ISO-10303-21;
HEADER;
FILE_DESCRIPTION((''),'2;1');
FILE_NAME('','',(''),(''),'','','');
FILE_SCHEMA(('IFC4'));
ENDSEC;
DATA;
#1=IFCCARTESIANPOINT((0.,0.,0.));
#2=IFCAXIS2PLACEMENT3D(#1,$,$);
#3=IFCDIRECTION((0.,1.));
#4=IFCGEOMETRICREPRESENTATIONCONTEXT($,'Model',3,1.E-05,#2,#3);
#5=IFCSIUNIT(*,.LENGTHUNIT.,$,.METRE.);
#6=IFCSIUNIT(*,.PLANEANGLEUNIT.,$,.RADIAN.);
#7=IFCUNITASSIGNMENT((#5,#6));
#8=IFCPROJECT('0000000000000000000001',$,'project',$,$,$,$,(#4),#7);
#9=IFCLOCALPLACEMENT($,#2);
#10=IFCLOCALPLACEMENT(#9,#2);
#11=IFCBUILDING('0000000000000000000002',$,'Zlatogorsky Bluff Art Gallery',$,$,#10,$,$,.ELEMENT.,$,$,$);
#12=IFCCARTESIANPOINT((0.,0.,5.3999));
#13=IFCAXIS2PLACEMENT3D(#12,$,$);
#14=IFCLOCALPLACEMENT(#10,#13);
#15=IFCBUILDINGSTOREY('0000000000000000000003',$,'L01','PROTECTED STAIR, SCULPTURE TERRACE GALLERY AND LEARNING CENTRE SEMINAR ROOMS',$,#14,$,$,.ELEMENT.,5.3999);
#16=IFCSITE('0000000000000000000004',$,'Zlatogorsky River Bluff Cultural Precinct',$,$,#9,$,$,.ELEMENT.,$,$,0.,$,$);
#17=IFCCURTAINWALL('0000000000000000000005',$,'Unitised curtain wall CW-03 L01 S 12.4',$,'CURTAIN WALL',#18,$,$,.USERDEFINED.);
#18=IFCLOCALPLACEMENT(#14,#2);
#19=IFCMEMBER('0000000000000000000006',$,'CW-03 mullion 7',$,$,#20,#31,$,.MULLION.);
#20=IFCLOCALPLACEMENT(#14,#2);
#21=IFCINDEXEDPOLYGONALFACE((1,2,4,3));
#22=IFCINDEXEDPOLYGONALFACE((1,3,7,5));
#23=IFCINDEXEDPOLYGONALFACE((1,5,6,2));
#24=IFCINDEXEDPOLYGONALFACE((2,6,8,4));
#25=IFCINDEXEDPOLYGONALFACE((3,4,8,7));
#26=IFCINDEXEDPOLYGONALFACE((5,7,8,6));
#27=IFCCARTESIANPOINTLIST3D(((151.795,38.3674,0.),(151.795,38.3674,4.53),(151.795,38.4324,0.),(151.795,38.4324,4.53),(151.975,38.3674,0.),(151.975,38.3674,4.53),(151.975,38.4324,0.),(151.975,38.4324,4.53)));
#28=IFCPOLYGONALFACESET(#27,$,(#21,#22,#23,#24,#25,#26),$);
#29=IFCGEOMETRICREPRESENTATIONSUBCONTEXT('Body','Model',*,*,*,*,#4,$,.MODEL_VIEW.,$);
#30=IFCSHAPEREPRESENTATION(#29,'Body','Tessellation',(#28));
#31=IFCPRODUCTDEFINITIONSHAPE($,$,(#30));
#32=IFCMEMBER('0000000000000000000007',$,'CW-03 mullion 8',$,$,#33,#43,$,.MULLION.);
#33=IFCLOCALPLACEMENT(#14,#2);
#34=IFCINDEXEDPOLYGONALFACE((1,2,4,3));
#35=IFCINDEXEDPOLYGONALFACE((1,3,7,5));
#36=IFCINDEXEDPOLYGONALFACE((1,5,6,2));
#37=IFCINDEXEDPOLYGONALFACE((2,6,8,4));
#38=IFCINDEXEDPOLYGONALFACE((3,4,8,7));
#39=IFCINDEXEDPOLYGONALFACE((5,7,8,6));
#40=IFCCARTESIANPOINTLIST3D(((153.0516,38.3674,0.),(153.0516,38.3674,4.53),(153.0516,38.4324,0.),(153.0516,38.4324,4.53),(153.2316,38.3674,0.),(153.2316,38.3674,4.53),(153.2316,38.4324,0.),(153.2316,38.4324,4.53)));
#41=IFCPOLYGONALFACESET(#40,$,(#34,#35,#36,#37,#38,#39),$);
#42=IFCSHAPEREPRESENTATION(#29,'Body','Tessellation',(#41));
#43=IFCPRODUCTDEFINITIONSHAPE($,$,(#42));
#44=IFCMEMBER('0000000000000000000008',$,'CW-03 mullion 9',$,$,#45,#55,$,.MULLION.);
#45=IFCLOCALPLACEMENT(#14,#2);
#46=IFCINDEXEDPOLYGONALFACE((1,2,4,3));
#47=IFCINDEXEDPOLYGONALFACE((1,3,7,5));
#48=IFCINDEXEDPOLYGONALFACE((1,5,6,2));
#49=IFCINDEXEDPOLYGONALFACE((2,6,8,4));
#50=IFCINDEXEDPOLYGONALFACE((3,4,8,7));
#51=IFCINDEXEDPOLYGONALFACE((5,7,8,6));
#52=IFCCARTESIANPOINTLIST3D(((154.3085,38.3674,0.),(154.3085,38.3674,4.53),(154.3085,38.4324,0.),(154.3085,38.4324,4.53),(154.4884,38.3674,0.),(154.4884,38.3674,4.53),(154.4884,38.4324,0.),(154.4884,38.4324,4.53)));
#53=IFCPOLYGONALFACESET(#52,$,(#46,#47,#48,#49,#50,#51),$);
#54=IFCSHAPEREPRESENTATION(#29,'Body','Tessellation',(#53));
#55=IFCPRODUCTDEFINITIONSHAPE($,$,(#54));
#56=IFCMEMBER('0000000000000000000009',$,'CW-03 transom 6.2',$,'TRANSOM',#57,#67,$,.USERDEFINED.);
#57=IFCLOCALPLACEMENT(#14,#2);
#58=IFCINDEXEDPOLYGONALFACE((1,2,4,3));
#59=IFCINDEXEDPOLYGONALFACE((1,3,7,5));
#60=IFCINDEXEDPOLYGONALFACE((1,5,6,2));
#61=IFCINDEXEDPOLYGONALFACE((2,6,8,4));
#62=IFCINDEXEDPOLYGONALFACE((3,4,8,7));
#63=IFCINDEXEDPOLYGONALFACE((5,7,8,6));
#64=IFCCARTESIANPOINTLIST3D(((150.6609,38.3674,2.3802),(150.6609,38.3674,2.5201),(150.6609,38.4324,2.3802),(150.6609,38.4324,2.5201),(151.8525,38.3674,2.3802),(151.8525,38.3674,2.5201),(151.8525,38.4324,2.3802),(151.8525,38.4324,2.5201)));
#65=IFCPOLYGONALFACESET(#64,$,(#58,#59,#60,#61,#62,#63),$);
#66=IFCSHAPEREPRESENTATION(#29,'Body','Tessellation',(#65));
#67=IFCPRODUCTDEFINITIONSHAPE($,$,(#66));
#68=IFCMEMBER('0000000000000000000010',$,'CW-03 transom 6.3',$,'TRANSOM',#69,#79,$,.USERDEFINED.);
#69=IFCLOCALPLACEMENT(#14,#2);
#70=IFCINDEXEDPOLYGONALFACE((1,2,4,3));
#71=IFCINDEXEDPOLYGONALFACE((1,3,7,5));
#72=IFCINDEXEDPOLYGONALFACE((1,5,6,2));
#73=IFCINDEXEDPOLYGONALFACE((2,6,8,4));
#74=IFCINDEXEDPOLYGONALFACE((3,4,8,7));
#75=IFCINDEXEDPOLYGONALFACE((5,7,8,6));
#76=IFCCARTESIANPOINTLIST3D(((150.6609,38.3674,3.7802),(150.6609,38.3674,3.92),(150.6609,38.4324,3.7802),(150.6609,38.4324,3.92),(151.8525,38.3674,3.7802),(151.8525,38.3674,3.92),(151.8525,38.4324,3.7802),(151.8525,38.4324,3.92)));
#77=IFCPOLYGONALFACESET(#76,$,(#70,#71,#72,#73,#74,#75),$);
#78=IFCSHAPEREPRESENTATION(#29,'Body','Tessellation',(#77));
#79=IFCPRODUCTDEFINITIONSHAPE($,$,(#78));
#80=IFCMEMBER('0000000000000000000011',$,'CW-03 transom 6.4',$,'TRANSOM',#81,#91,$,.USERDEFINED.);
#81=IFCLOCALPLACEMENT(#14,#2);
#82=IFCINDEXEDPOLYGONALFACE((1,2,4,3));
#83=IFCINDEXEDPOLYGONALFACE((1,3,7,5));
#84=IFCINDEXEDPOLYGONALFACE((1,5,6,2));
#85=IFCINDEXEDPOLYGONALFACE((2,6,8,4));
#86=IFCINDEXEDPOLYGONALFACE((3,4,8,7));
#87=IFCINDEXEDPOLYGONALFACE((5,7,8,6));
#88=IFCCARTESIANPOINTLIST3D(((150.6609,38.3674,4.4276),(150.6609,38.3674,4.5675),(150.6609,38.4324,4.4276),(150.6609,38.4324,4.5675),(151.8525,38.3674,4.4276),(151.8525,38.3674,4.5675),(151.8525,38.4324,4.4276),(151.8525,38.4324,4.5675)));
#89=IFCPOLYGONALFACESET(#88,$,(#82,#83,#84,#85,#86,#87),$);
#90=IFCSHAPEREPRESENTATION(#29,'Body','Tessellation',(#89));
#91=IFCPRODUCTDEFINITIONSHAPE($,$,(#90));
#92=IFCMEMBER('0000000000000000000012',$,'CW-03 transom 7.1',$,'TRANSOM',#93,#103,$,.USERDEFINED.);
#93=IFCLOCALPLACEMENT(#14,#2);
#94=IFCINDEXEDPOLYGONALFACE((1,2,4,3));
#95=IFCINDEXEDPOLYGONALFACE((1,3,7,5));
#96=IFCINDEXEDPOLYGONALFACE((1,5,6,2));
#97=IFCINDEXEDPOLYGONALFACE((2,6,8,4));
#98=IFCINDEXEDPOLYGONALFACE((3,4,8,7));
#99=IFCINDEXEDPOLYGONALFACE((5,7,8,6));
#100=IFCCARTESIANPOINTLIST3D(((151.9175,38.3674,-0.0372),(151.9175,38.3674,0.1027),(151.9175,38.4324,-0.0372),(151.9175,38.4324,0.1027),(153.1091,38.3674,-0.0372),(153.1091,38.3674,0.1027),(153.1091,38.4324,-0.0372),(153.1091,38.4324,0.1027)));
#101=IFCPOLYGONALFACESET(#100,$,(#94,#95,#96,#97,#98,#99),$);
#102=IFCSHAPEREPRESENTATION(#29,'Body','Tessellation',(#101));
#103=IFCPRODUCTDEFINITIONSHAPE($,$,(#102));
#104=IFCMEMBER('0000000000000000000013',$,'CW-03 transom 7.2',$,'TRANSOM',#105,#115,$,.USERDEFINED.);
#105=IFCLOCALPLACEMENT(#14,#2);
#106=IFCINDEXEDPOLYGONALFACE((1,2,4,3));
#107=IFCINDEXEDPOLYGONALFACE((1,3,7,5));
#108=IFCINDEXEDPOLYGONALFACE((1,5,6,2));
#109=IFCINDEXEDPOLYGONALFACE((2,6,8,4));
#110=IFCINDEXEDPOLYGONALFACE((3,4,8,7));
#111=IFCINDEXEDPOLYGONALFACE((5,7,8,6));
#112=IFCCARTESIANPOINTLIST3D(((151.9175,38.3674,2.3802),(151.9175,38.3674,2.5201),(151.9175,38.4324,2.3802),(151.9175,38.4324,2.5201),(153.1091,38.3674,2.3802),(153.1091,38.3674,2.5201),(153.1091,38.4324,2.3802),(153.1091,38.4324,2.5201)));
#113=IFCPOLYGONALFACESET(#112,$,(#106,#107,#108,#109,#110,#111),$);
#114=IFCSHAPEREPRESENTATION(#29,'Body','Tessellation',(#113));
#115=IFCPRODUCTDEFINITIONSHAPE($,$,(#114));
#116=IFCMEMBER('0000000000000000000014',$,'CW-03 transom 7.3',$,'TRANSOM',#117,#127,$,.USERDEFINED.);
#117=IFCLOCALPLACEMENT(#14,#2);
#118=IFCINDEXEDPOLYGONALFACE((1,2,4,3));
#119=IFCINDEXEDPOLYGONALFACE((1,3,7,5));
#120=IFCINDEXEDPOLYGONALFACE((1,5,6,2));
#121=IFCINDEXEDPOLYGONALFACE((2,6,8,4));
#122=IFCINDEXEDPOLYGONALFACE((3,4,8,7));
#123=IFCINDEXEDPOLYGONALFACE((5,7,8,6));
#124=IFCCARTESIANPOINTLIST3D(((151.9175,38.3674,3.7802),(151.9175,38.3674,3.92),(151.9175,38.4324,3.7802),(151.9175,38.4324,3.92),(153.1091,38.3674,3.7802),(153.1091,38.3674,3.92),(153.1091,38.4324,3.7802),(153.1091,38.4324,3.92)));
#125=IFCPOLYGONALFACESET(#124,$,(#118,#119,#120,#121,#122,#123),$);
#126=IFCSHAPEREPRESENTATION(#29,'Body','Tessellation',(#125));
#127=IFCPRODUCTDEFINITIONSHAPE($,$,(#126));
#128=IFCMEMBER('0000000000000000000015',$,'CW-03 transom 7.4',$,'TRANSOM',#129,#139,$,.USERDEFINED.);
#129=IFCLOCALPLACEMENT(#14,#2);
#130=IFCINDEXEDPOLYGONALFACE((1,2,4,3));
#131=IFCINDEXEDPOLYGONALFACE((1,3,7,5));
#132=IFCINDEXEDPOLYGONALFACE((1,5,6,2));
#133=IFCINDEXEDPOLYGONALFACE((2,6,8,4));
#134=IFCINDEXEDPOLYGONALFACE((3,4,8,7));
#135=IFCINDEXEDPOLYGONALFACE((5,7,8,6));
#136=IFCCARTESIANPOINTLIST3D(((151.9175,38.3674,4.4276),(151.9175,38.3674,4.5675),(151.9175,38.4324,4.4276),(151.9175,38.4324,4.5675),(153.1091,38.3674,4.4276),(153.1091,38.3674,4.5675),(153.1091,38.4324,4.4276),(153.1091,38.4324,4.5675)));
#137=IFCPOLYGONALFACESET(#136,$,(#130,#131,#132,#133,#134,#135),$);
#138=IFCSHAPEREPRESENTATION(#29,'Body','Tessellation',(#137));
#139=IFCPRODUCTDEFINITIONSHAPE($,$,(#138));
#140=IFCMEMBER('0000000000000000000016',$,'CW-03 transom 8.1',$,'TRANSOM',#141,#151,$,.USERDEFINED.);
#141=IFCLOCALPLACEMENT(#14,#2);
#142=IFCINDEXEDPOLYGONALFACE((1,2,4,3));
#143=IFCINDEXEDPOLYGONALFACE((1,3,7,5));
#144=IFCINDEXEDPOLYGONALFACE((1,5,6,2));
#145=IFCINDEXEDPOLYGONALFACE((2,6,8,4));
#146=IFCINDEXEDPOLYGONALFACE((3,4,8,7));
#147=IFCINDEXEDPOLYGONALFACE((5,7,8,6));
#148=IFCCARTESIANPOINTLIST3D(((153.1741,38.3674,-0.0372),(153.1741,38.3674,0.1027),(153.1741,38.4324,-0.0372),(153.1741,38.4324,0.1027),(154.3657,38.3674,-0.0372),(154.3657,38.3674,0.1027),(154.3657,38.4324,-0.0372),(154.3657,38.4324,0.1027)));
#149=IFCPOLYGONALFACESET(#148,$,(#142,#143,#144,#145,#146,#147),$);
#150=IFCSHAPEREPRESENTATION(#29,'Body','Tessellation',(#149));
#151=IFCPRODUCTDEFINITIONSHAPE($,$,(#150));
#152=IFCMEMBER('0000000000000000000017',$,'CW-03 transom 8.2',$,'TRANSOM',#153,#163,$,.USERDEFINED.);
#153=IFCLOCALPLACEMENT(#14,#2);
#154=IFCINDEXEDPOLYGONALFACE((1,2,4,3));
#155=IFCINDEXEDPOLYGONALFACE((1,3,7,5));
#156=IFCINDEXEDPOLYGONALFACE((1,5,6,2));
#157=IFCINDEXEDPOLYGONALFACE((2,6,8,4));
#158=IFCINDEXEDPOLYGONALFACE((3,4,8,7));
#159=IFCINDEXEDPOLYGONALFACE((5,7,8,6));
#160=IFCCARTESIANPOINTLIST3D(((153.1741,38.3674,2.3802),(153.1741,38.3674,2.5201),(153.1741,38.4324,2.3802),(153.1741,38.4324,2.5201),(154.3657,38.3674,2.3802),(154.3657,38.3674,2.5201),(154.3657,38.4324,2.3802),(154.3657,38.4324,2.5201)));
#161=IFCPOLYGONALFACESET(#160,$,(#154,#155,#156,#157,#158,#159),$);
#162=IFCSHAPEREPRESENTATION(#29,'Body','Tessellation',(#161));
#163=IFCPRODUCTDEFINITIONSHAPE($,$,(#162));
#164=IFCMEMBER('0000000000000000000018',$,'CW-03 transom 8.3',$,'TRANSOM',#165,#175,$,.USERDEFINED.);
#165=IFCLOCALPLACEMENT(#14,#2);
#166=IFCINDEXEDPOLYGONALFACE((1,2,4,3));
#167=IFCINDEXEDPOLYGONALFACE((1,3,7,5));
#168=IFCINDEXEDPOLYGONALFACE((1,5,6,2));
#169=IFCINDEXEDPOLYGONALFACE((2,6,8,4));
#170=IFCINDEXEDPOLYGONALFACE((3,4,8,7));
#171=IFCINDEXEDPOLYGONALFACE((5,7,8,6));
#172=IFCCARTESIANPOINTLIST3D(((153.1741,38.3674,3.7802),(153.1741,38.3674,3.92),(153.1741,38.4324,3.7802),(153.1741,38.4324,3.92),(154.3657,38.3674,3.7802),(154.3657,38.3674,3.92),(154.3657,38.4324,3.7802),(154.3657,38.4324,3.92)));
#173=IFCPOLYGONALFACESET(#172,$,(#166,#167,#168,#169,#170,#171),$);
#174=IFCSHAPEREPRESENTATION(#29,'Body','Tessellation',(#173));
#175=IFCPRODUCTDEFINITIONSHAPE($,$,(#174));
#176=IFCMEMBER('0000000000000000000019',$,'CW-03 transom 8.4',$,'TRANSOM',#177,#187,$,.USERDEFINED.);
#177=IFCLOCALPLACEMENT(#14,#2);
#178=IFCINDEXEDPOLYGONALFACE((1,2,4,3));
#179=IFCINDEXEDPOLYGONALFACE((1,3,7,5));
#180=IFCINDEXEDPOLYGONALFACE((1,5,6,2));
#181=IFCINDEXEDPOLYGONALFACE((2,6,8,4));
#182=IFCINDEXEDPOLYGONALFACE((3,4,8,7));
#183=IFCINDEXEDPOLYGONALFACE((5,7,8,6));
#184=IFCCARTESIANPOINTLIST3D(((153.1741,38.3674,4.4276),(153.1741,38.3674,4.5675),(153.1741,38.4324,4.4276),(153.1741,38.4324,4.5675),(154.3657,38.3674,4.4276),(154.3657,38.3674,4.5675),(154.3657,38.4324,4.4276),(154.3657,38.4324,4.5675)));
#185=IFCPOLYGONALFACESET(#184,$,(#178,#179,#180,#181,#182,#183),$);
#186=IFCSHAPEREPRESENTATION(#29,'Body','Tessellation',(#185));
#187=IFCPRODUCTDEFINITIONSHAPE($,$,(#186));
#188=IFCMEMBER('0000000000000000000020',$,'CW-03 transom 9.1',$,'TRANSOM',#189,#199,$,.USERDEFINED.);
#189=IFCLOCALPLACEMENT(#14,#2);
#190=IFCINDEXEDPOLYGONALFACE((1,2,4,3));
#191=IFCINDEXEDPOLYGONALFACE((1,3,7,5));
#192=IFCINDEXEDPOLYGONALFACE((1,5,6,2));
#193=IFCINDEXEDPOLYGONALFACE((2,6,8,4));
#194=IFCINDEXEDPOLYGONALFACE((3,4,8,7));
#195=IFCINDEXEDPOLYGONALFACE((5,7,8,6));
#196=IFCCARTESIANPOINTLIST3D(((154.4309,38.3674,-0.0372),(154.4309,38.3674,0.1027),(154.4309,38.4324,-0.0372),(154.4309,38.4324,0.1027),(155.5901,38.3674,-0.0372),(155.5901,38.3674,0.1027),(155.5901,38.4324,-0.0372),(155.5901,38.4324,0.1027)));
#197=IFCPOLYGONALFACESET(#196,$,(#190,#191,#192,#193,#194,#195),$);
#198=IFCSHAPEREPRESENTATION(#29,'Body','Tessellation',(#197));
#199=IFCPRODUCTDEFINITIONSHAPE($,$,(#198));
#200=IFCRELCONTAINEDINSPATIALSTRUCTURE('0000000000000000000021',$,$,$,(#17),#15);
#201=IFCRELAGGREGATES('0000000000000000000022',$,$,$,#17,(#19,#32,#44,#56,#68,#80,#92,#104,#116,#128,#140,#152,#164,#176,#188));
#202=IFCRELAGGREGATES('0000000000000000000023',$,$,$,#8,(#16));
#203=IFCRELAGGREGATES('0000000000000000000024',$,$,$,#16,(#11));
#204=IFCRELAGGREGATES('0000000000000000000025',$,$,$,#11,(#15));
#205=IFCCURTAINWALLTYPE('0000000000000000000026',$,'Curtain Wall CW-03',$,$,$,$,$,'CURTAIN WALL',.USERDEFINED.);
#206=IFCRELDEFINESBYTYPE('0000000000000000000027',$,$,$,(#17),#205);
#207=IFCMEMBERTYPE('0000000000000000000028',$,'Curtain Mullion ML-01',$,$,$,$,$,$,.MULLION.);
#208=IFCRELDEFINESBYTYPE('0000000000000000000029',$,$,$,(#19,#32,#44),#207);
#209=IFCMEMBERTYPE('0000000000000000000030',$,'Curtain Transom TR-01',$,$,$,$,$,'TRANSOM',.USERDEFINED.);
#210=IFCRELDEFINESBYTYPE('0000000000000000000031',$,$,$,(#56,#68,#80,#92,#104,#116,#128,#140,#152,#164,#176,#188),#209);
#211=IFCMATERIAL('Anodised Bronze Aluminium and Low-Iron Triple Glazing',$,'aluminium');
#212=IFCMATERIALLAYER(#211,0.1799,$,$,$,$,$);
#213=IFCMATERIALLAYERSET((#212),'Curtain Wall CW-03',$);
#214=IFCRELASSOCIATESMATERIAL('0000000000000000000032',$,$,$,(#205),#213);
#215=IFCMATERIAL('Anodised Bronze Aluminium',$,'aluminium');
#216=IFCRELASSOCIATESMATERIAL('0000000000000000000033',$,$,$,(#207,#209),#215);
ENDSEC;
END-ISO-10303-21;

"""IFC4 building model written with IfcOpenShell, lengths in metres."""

from ifc_helpers import new_model, si_unit, direction, frame, origin, origin_2d, place, context, subcontext, project, spatial, rectangle, extrude, material, layer, layer_set, material_profile, profile_set, type_object, element, aggregate, save


model = new_model("IFC4")

# Units and contexts
model_context = context("Model", 3, precision=1e-05, world=origin(), true_north=direction((0.0, 1.0)))
body_context = subcontext(model_context, "Body", "Model", "MODEL_VIEW")
ifc_project = project(units=[si_unit("LENGTHUNIT", "METRE"), si_unit("PLANEANGLEUNIT", "RADIAN")], contexts=[model_context])

# Site, building, storey
site_placement = place(None, origin())
site = spatial("IfcSite", under=ifc_project, at=site_placement, Name="Zlatogorsky River Bluff Cultural Precinct", CompositionType="ELEMENT", RefElevation=0.0)
building_placement = place(site_placement, origin())
building = spatial("IfcBuilding", under=site, at=building_placement, Name="Zlatogorsky Bluff Art Gallery", CompositionType="ELEMENT")
storey_placement = place(building_placement, frame((0.0, 0.0, 5.3999)))
storey = spatial("IfcBuildingStorey", under=building, at=storey_placement, Name="L01", Description="PROTECTED STAIR, SCULPTURE TERRACE GALLERY AND LEARNING CENTRE SEMINAR ROOMS", CompositionType="ELEMENT", Elevation=5.3999)

# Curtain wall, members
ifc_material_1 = material(Name="Anodised Bronze Aluminium and Low-Iron Triple Glazing", Category="aluminium")
ifc_layer_1 = layer(ifc_material_1, 0.1799)
ifc_layer_set_1 = layer_set([ifc_layer_1], Name="Curtain Wall CW-03")
curtain_wall_type = type_object("IfcCurtainWallType", Name="Curtain Wall CW-03", ElementType="CURTAIN WALL", PredefinedType="USERDEFINED", material=ifc_layer_set_1)
curtain_wall_placement = place(storey_placement, origin())
curtain_wall = element("IfcCurtainWall", 1, at=curtain_wall_placement, inside=storey, type_object=curtain_wall_type, Name="Unitised curtain wall CW-03 L01 S 12.4", ObjectType="CURTAIN WALL", PredefinedType="USERDEFINED")
ifc_material_2 = material(Name="Anodised Bronze Aluminium", Category="aluminium")
ifc_material_profile_1 = material_profile(ifc_material_2, rectangle(XDim=0.0649, YDim=0.1799, at=origin_2d()), Name="ALU MULLION 65x180")
ifc_profile_set_1 = profile_set([ifc_material_profile_1], Name="Anodised Bronze Aluminium")
member_type_1 = type_object("IfcMemberType", Name="Curtain Mullion ML-01", PredefinedType="MULLION", material=ifc_profile_set_1)
member_1_placement = place(storey_placement, frame((151.885, 38.3999, 0.0), z_axis=(0.0, 0.0, 1.0), x_axis=(0.0, 1.0, 0.0)))
member_1 = element("IfcMember", 2, at=member_1_placement, type_object=member_type_1, Name="CW-03 mullion 7", PredefinedType="MULLION", context=body_context, shape_type="SweptSolid", body=[
    extrude(rectangle(XDim=0.0649, YDim=0.1799, at=origin_2d()), origin(), (0.0, 0.0, 1.0), 4.53),
])
member_2_placement = place(storey_placement, frame((153.1416, 38.3999, 0.0), z_axis=(0.0, 0.0, 1.0), x_axis=(0.0, 1.0, 0.0)))
member_2 = element("IfcMember", 3, at=member_2_placement, type_object=member_type_1, Name="CW-03 mullion 8", PredefinedType="MULLION", context=body_context, shape_type="SweptSolid", body=[
    extrude(rectangle(XDim=0.0649, YDim=0.1799, at=origin_2d()), origin(), (0.0, 0.0, 1.0), 4.53),
])
member_3_placement = place(storey_placement, frame((154.3984, 38.3999, 0.0), z_axis=(0.0, 0.0, 1.0), x_axis=(0.0, 1.0, 0.0)))
member_3 = element("IfcMember", 4, at=member_3_placement, type_object=member_type_1, Name="CW-03 mullion 9", PredefinedType="MULLION", context=body_context, shape_type="SweptSolid", body=[
    extrude(rectangle(XDim=0.0649, YDim=0.1799, at=origin_2d()), origin(), (0.0, 0.0, 1.0), 4.53),
])
ifc_material_profile_2 = material_profile(ifc_material_2, rectangle(XDim=0.0649, YDim=0.1399, at=origin_2d()), Name="ALU TRANSOM 65x140")
ifc_profile_set_2 = profile_set([ifc_material_profile_2], Name="Anodised Bronze Aluminium")
member_type_2 = type_object("IfcMemberType", Name="Curtain Transom TR-01", ElementType="TRANSOM", PredefinedType="USERDEFINED", material=ifc_profile_set_2)
member_4_placement = place(storey_placement, frame((150.6609, 38.3999, 2.4502), z_axis=(1.0, 0.0, 0.0), x_axis=(0.0, 1.0, 0.0)))
member_4 = element("IfcMember", 5, at=member_4_placement, type_object=member_type_2, Name="CW-03 transom 6.2", ObjectType="TRANSOM", PredefinedType="USERDEFINED", context=body_context, shape_type="SweptSolid", body=[
    extrude(rectangle(XDim=0.0649, YDim=0.1399, at=origin_2d()), origin(), (0.0, 0.0, 1.0), 1.1917),
])
member_5_placement = place(storey_placement, frame((150.6609, 38.3999, 3.8501), z_axis=(1.0, 0.0, 0.0), x_axis=(0.0, 1.0, 0.0)))
member_5 = element("IfcMember", 6, at=member_5_placement, type_object=member_type_2, Name="CW-03 transom 6.3", ObjectType="TRANSOM", PredefinedType="USERDEFINED", context=body_context, shape_type="SweptSolid", body=[
    extrude(rectangle(XDim=0.0649, YDim=0.1399, at=origin_2d()), origin(), (0.0, 0.0, 1.0), 1.1917),
])
member_6_placement = place(storey_placement, frame((150.6609, 38.3999, 4.4976), z_axis=(1.0, 0.0, 0.0), x_axis=(0.0, 1.0, 0.0)))
member_6 = element("IfcMember", 7, at=member_6_placement, type_object=member_type_2, Name="CW-03 transom 6.4", ObjectType="TRANSOM", PredefinedType="USERDEFINED", context=body_context, shape_type="SweptSolid", body=[
    extrude(rectangle(XDim=0.0649, YDim=0.1399, at=origin_2d()), origin(), (0.0, 0.0, 1.0), 1.1917),
])
member_7_placement = place(storey_placement, frame((151.9175, 38.3999, 0.0327), z_axis=(1.0, 0.0, 0.0), x_axis=(0.0, 1.0, 0.0)))
member_7 = element("IfcMember", 8, at=member_7_placement, type_object=member_type_2, Name="CW-03 transom 7.1", ObjectType="TRANSOM", PredefinedType="USERDEFINED", context=body_context, shape_type="SweptSolid", body=[
    extrude(rectangle(XDim=0.0649, YDim=0.1399, at=origin_2d()), origin(), (0.0, 0.0, 1.0), 1.1917),
])
member_8_placement = place(storey_placement, frame((151.9175, 38.3999, 2.4502), z_axis=(1.0, 0.0, 0.0), x_axis=(0.0, 1.0, 0.0)))
member_8 = element("IfcMember", 9, at=member_8_placement, type_object=member_type_2, Name="CW-03 transom 7.2", ObjectType="TRANSOM", PredefinedType="USERDEFINED", context=body_context, shape_type="SweptSolid", body=[
    extrude(rectangle(XDim=0.0649, YDim=0.1399, at=origin_2d()), origin(), (0.0, 0.0, 1.0), 1.1917),
])
member_9_placement = place(storey_placement, frame((151.9175, 38.3999, 3.8501), z_axis=(1.0, 0.0, 0.0), x_axis=(0.0, 1.0, 0.0)))
member_9 = element("IfcMember", 10, at=member_9_placement, type_object=member_type_2, Name="CW-03 transom 7.3", ObjectType="TRANSOM", PredefinedType="USERDEFINED", context=body_context, shape_type="SweptSolid", body=[
    extrude(rectangle(XDim=0.0649, YDim=0.1399, at=origin_2d()), origin(), (0.0, 0.0, 1.0), 1.1917),
])
member_10_placement = place(storey_placement, frame((151.9175, 38.3999, 4.4976), z_axis=(1.0, 0.0, 0.0), x_axis=(0.0, 1.0, 0.0)))
member_10 = element("IfcMember", 11, at=member_10_placement, type_object=member_type_2, Name="CW-03 transom 7.4", ObjectType="TRANSOM", PredefinedType="USERDEFINED", context=body_context, shape_type="SweptSolid", body=[
    extrude(rectangle(XDim=0.0649, YDim=0.1399, at=origin_2d()), origin(), (0.0, 0.0, 1.0), 1.1917),
])
member_11_placement = place(storey_placement, frame((153.1741, 38.3999, 0.0327), z_axis=(1.0, 0.0, 0.0), x_axis=(0.0, 1.0, 0.0)))
member_11 = element("IfcMember", 12, at=member_11_placement, type_object=member_type_2, Name="CW-03 transom 8.1", ObjectType="TRANSOM", PredefinedType="USERDEFINED", context=body_context, shape_type="SweptSolid", body=[
    extrude(rectangle(XDim=0.0649, YDim=0.1399, at=origin_2d()), origin(), (0.0, 0.0, 1.0), 1.1917),
])
member_12_placement = place(storey_placement, frame((153.1741, 38.3999, 2.4502), z_axis=(1.0, 0.0, 0.0), x_axis=(0.0, 1.0, 0.0)))
member_12 = element("IfcMember", 13, at=member_12_placement, type_object=member_type_2, Name="CW-03 transom 8.2", ObjectType="TRANSOM", PredefinedType="USERDEFINED", context=body_context, shape_type="SweptSolid", body=[
    extrude(rectangle(XDim=0.0649, YDim=0.1399, at=origin_2d()), origin(), (0.0, 0.0, 1.0), 1.1917),
])
member_13_placement = place(storey_placement, frame((153.1741, 38.3999, 3.8501), z_axis=(1.0, 0.0, 0.0), x_axis=(0.0, 1.0, 0.0)))
member_13 = element("IfcMember", 14, at=member_13_placement, type_object=member_type_2, Name="CW-03 transom 8.3", ObjectType="TRANSOM", PredefinedType="USERDEFINED", context=body_context, shape_type="SweptSolid", body=[
    extrude(rectangle(XDim=0.0649, YDim=0.1399, at=origin_2d()), origin(), (0.0, 0.0, 1.0), 1.1917),
])
member_14_placement = place(storey_placement, frame((153.1741, 38.3999, 4.4976), z_axis=(1.0, 0.0, 0.0), x_axis=(0.0, 1.0, 0.0)))
member_14 = element("IfcMember", 15, at=member_14_placement, type_object=member_type_2, Name="CW-03 transom 8.4", ObjectType="TRANSOM", PredefinedType="USERDEFINED", context=body_context, shape_type="SweptSolid", body=[
    extrude(rectangle(XDim=0.0649, YDim=0.1399, at=origin_2d()), origin(), (0.0, 0.0, 1.0), 1.1917),
])
member_15_placement = place(storey_placement, frame((154.4309, 38.3999, 0.0327), z_axis=(1.0, 0.0, 0.0), x_axis=(0.0, 1.0, 0.0)))
member_15 = element("IfcMember", 16, at=member_15_placement, type_object=member_type_2, Name="CW-03 transom 9.1", ObjectType="TRANSOM", PredefinedType="USERDEFINED", context=body_context, shape_type="SweptSolid", body=[
    extrude(rectangle(XDim=0.0649, YDim=0.1399, at=origin_2d()), origin(), (0.0, 0.0, 1.0), 1.1592),
])
aggregate(curtain_wall, [member_1, member_2, member_3, member_4, member_5, member_6, member_7, member_8, member_9, member_10, member_11, member_12, member_13, member_14, member_15])

save(model, "model.ifc")
